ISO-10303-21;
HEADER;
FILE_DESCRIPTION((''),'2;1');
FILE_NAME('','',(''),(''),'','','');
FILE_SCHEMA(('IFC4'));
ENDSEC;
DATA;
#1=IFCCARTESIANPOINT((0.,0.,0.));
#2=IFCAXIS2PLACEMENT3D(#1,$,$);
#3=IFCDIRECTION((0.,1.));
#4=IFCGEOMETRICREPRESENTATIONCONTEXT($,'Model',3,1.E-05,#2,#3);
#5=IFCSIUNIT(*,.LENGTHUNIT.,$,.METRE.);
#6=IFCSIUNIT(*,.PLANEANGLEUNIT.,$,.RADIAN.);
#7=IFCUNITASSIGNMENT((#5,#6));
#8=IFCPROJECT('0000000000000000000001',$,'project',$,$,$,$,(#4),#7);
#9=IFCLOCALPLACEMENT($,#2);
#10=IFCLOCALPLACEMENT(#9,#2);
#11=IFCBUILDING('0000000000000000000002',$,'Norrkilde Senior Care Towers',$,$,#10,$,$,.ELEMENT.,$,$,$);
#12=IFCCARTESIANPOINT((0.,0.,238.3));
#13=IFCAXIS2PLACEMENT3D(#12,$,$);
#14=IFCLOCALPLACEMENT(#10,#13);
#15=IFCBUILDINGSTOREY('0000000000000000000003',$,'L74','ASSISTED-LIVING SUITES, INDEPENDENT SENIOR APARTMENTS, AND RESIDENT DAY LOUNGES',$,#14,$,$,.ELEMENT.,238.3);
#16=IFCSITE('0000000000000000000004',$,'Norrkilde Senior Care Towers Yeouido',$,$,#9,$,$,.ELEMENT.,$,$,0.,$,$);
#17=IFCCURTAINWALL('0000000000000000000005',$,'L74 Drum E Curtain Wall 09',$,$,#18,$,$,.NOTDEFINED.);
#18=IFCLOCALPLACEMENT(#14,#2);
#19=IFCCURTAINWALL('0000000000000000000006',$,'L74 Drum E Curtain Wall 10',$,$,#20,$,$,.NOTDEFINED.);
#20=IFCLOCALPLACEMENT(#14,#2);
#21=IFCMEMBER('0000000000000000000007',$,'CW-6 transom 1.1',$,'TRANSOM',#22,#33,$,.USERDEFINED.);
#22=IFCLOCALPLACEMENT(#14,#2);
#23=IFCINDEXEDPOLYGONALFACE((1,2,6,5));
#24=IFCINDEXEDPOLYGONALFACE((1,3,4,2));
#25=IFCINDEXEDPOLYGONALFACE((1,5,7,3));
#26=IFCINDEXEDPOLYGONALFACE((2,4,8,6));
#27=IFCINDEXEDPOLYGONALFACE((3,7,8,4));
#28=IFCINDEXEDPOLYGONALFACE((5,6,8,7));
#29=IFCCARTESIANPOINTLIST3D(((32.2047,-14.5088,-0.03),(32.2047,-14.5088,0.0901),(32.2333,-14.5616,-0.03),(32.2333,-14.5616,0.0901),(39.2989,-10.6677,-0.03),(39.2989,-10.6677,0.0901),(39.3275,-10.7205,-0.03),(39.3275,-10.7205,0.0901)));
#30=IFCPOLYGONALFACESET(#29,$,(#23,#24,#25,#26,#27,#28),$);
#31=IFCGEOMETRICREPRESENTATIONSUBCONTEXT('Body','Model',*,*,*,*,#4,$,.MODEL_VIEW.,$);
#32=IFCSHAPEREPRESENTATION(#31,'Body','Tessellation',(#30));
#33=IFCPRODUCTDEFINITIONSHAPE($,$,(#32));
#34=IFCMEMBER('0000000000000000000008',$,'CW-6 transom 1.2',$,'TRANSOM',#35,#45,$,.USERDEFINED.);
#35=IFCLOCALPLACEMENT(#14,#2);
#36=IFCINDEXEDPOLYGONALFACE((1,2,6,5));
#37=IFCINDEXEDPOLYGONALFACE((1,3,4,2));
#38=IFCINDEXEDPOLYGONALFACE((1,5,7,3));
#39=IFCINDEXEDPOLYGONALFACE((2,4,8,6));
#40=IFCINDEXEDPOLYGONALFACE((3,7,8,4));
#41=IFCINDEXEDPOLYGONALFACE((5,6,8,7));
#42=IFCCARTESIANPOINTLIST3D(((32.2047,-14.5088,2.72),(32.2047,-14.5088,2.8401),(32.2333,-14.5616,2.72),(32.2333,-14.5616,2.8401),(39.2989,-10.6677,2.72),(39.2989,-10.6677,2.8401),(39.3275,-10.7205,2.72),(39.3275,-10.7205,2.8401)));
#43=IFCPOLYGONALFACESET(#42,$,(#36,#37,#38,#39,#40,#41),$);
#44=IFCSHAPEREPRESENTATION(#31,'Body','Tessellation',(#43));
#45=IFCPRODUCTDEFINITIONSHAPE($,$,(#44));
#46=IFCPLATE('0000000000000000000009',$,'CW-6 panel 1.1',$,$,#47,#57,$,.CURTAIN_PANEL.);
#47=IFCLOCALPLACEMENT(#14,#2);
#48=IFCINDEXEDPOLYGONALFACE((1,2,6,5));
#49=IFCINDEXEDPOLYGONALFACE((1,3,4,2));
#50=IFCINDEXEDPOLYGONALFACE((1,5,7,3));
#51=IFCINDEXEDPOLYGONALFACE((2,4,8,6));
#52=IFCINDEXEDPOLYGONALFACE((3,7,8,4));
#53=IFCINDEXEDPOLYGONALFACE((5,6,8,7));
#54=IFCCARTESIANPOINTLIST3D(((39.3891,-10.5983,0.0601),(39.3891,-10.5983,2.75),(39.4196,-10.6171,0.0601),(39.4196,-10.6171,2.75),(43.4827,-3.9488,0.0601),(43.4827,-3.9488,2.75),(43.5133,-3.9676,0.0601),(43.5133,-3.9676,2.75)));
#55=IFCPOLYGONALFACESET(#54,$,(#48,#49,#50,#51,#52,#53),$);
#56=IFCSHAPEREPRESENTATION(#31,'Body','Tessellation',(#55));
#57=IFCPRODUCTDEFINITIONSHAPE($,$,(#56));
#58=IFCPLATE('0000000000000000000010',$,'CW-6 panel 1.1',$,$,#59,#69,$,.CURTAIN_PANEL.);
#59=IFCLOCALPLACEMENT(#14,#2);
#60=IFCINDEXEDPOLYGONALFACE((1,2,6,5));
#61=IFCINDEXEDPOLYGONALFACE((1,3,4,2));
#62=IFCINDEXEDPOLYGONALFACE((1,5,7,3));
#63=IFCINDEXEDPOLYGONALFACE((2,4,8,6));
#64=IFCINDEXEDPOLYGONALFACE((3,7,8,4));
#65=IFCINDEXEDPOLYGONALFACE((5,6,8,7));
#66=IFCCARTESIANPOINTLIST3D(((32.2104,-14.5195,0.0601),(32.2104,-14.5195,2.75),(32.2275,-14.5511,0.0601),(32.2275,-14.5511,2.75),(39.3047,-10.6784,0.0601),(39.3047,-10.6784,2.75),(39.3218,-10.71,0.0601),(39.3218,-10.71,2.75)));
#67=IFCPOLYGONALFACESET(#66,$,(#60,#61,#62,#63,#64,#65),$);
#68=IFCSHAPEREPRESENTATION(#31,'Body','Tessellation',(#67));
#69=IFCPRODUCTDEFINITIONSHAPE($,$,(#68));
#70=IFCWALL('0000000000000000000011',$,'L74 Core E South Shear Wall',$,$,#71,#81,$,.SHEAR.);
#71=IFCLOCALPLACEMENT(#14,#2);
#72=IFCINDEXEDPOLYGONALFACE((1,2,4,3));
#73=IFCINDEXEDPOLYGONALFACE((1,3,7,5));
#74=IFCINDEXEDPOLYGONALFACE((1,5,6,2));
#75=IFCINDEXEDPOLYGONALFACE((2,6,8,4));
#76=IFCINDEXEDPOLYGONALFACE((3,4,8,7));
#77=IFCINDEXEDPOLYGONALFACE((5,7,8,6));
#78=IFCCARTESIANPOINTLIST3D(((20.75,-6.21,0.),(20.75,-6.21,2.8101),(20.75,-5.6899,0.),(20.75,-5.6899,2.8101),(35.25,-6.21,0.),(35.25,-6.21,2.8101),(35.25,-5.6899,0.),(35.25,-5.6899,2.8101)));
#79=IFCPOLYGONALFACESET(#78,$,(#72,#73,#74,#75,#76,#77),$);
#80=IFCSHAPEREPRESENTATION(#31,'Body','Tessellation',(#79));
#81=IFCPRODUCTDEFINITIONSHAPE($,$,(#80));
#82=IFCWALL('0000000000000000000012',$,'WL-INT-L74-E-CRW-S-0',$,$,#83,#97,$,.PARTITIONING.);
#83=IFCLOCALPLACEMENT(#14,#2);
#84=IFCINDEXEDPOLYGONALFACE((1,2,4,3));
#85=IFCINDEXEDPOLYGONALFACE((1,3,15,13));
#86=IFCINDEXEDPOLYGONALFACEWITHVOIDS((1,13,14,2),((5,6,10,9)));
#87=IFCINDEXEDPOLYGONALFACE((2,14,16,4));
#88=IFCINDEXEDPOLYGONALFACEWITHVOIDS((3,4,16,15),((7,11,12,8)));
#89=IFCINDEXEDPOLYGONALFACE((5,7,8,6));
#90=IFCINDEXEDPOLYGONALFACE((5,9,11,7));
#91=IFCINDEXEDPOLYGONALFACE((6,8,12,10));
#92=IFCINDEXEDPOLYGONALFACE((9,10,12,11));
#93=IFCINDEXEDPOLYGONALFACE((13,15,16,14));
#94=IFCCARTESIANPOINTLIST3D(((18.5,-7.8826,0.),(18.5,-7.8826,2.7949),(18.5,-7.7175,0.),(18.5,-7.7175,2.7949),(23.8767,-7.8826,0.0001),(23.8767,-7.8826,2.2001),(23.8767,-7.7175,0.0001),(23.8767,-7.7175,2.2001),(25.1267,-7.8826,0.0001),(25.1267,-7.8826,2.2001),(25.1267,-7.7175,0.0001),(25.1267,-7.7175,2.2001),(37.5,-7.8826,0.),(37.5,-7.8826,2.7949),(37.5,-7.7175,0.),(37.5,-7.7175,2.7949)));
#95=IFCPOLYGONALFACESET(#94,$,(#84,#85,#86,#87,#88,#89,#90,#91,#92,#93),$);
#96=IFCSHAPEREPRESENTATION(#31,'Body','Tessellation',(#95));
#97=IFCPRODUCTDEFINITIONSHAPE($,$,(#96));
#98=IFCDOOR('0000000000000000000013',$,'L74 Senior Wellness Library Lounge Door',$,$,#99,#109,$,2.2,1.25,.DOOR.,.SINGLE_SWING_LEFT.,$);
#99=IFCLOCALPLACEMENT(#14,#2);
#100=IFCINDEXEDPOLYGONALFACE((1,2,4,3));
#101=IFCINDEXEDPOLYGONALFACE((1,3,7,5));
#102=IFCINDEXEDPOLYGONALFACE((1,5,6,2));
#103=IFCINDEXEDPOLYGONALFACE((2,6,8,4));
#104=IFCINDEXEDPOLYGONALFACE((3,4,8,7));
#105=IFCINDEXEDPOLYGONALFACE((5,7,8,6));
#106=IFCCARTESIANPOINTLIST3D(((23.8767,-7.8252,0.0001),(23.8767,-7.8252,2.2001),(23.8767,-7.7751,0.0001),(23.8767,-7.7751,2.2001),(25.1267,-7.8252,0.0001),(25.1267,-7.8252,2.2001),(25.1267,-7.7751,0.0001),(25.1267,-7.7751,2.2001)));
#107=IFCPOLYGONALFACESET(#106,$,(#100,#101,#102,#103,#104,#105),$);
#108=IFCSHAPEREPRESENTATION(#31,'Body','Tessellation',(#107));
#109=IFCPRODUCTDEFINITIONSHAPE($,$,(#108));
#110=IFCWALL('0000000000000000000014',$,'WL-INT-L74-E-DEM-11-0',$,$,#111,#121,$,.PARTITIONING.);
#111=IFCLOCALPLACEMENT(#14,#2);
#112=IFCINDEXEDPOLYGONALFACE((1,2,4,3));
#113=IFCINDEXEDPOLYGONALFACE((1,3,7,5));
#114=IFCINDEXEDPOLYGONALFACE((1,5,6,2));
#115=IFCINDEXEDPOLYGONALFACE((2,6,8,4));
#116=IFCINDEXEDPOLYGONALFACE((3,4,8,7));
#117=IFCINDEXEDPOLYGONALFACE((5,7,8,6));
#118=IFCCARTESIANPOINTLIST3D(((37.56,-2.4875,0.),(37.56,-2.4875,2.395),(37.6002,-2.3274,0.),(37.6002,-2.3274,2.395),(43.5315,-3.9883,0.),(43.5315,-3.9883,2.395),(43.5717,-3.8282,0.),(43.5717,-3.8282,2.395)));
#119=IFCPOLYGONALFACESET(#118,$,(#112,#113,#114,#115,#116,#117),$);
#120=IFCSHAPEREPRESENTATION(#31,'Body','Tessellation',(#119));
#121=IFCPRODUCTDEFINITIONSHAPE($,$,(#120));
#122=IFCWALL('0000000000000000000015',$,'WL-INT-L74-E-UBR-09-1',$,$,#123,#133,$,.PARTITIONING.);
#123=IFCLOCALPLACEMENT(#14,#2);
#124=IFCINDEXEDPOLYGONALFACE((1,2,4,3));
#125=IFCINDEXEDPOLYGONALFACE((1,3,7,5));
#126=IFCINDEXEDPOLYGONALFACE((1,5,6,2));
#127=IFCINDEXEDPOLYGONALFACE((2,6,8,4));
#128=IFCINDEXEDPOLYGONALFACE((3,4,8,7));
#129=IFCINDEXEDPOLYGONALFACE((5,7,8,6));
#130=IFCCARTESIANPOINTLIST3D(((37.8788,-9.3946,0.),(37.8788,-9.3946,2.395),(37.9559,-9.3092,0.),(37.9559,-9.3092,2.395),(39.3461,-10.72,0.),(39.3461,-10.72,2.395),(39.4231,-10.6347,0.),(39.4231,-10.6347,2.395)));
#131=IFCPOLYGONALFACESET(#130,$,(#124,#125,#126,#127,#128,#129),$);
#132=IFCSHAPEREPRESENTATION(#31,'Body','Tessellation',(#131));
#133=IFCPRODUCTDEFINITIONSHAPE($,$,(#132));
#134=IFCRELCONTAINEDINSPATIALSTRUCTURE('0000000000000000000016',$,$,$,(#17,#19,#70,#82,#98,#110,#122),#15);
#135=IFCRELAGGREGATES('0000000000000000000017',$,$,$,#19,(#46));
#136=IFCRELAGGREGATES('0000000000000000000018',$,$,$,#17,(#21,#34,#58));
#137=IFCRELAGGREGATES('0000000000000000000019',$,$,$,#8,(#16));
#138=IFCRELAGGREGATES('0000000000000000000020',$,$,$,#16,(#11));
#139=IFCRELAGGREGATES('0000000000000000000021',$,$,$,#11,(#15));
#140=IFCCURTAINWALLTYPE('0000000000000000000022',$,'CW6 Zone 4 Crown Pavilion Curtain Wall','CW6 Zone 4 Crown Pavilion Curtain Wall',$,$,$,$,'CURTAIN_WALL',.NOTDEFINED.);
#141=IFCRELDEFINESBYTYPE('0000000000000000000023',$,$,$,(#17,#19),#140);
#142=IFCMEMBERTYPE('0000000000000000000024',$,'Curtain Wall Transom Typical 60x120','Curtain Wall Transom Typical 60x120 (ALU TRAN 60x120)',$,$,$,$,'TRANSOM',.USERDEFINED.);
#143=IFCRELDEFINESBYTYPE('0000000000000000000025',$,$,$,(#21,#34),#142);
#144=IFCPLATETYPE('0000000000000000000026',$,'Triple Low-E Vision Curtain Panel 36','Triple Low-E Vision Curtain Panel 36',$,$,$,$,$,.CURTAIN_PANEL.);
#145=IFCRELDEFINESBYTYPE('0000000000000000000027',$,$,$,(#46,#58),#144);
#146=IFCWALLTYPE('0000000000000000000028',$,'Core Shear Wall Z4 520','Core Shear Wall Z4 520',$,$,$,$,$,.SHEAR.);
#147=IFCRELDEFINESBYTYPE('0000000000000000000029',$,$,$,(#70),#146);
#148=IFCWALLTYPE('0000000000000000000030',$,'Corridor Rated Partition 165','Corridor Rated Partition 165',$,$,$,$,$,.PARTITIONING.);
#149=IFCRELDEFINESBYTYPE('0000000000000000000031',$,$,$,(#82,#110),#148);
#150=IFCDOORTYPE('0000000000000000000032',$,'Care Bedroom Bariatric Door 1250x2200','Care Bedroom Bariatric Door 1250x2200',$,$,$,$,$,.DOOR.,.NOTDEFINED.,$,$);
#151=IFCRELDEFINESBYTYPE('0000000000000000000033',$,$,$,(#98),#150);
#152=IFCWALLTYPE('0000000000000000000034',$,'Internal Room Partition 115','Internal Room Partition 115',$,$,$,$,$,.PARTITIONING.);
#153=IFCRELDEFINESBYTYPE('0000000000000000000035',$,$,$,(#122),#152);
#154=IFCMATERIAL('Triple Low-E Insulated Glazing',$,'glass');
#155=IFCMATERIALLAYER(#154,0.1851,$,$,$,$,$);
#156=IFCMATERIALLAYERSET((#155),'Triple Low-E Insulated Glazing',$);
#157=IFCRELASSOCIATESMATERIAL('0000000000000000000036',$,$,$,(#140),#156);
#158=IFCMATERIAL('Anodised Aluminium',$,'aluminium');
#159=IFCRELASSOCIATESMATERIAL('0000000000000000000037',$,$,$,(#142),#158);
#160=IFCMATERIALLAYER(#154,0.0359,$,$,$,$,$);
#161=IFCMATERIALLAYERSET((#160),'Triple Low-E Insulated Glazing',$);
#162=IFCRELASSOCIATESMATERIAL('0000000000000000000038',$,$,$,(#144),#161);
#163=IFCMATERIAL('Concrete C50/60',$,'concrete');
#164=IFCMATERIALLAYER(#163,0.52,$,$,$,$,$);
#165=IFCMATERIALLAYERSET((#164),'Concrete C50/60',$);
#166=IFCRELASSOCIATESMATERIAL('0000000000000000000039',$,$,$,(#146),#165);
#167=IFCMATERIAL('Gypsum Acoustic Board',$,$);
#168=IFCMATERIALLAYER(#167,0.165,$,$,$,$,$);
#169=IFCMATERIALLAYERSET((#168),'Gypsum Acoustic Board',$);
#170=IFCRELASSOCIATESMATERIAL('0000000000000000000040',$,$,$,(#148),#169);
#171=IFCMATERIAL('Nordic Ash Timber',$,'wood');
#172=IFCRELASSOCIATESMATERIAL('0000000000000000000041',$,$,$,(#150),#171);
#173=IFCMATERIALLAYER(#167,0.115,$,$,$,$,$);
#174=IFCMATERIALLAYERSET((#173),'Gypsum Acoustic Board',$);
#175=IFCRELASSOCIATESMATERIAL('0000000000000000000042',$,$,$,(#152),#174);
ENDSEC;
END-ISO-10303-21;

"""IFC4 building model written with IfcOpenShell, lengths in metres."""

from ifc_helpers import new_model, si_unit, direction, frame, frame_2d, origin, origin_2d, place, context, subcontext, project, spatial, rectangle, extrude, source, transform, mapped, material, layer, layer_set, material_profile, profile_set, type_object, type_shapes, element, fill, aggregate, save


model = new_model("IFC4")

# Units and contexts
model_context = context("Model", 3, precision=1e-05, world=origin(), true_north=direction((0.0, 1.0)))
body_context = subcontext(model_context, "Body", "Model", "MODEL_VIEW")
ifc_project = project(units=[si_unit("LENGTHUNIT", "METRE"), si_unit("PLANEANGLEUNIT", "RADIAN")], contexts=[model_context])

# Site, building, storey
site_placement = place(None, origin())
site = spatial("IfcSite", under=ifc_project, at=site_placement, Name="Norrkilde Senior Care Towers Yeouido", CompositionType="ELEMENT", RefElevation=0.0)
building_placement = place(site_placement, origin())
building = spatial("IfcBuilding", under=site, at=building_placement, Name="Norrkilde Senior Care Towers", CompositionType="ELEMENT")
storey_placement = place(building_placement, frame((0.0, 0.0, 238.3)))
storey = spatial("IfcBuildingStorey", under=building, at=storey_placement, Name="L74", Description="ASSISTED-LIVING SUITES, INDEPENDENT SENIOR APARTMENTS, AND RESIDENT DAY LOUNGES", CompositionType="ELEMENT", Elevation=238.3)

# Shared definitions
ifc_material_1 = material(Name="Concrete C50/60", Category="concrete")

# Curtain wall
ifc_material_2 = material(Name="Triple Low-E Insulated Glazing", Category="glass")
ifc_layer_1 = layer(ifc_material_2, 0.1851)
ifc_layer_set_1 = layer_set([ifc_layer_1], Name="Triple Low-E Insulated Glazing")
curtain_wall_type = type_object("IfcCurtainWallType", Name="CW6 Zone 4 Crown Pavilion Curtain Wall", Description="CW6 Zone 4 Crown Pavilion Curtain Wall", ElementType="CURTAIN_WALL", PredefinedType="NOTDEFINED", material=ifc_layer_set_1)
curtain_wall_1_placement = place(storey_placement, origin())
curtain_wall_1 = element("IfcCurtainWall", 1, at=curtain_wall_1_placement, inside=storey, type_object=curtain_wall_type, Name="L74 Drum E Curtain Wall 09", PredefinedType="NOTDEFINED")
ifc_material_3 = material(Name="Anodised Aluminium", Category="aluminium")

# Curtain wall
curtain_wall_2_placement = place(storey_placement, origin())
curtain_wall_2 = element("IfcCurtainWall", 2, at=curtain_wall_2_placement, inside=storey, type_object=curtain_wall_type, Name="L74 Drum E Curtain Wall 10", PredefinedType="NOTDEFINED")

# Members
ifc_material_profile_1 = material_profile(ifc_material_3, rectangle(XDim=0.0601, YDim=0.1201, at=origin_2d()), Name="ALU TRAN 60x120")
ifc_profile_set_1 = profile_set([ifc_material_profile_1], Name="Anodised Aluminium")
member_type_1 = type_object("IfcMemberType", Name="Curtain Wall Transom Typical 60x120", Description="Curtain Wall Transom Typical 60x120 (ALU TRAN 60x120)", ElementType="TRANSOM", PredefinedType="USERDEFINED", material=ifc_profile_set_1)
shared_shape_1 = source(origin(), body_context, "Body", "SweptSolid", [
    extrude(rectangle(XDim=0.0601, YDim=0.1201, at=origin_2d()), origin(), (0.0, 0.0, 1.0), 8.0674),
])
member_1_placement = place(storey_placement, frame((39.3132, -10.6941, 0.03), z_axis=(-0.879378, -0.476125, 0.0), x_axis=(0.476125, -0.879378, 0.0)))
member_1 = element("IfcMember", 3, at=member_1_placement, type_object=member_type_1, Name="CW-6 transom 1.1", ObjectType="TRANSOM", PredefinedType="USERDEFINED", context=body_context, shape_type="MappedRepresentation", body=[
    mapped(shared_shape_1, transform((0.0, 0.0, 0.0), x_axis=(1.0, 0.0, 0.0), y_axis=(0.0, 1.0, 0.0), z_axis=(0.0, 0.0, 1.0), scale=1.0)),
])
member_2_placement = place(storey_placement, frame((39.3132, -10.6941, 2.78), z_axis=(-0.879378, -0.476125, 0.0), x_axis=(0.476125, -0.879378, 0.0)))
member_2 = element("IfcMember", 4, at=member_2_placement, type_object=member_type_1, Name="CW-6 transom 1.2", ObjectType="TRANSOM", PredefinedType="USERDEFINED", context=body_context, shape_type="MappedRepresentation", body=[
    mapped(shared_shape_1, transform((0.0, 0.0, 0.0), x_axis=(1.0, 0.0, 0.0), y_axis=(0.0, 1.0, 0.0), z_axis=(0.0, 0.0, 1.0), scale=1.0)),
])

# Plates
ifc_layer_2 = layer(ifc_material_2, 0.0359)
ifc_layer_set_2 = layer_set([ifc_layer_2], Name="Triple Low-E Insulated Glazing")
plate_type = type_object("IfcPlateType", Name="Triple Low-E Vision Curtain Panel 36", Description="Triple Low-E Vision Curtain Panel 36", PredefinedType="CURTAIN_PANEL", material=ifc_layer_set_2)
shared_shape_2 = source(origin(), body_context, "Body", "SweptSolid", [
    extrude(rectangle(XDim=7.8086, YDim=0.0359, at=origin_2d()), origin(), (0.0, 0.0, 1.0), 2.6899),
])
plate_1_placement = place(storey_placement, frame((41.4512, -7.283, 0.0601), z_axis=(0.0, 0.0, 1.0), x_axis=(-0.524253, -0.851563, 0.0)))
plate_1 = element("IfcPlate", 5, at=plate_1_placement, type_object=plate_type, Name="CW-6 panel 1.1", PredefinedType="CURTAIN_PANEL", context=body_context, shape_type="MappedRepresentation", body=[
    mapped(shared_shape_2, transform((0.0, 0.0, 0.0), x_axis=(1.0, 0.0, 0.0), y_axis=(0.0, 1.0, 0.0), z_axis=(0.0, 0.0, 1.0), scale=1.0)),
])
aggregate(curtain_wall_2, [plate_1])
shared_shape_3 = source(origin(), body_context, "Body", "SweptSolid", [
    extrude(rectangle(XDim=8.0674, YDim=0.0359, at=origin_2d()), origin(), (0.0, 0.0, 1.0), 2.6899),
])
type_shapes(plate_type, [shared_shape_2, shared_shape_3])
plate_2_placement = place(storey_placement, frame((35.7661, -12.6147, 0.0601), z_axis=(0.0, 0.0, 1.0), x_axis=(-0.879373, -0.476133, 0.0)))
plate_2 = element("IfcPlate", 6, at=plate_2_placement, type_object=plate_type, Name="CW-6 panel 1.1", PredefinedType="CURTAIN_PANEL", context=body_context, shape_type="MappedRepresentation", body=[
    mapped(shared_shape_3, transform((0.0, 0.0, 0.0), x_axis=(1.0, 0.0, 0.0), y_axis=(0.0, 1.0, 0.0), z_axis=(0.0, 0.0, 1.0), scale=1.0)),
])
aggregate(curtain_wall_1, [member_1, member_2, plate_2])

# Wall
ifc_layer_3 = layer(ifc_material_1, 0.52)
ifc_layer_set_3 = layer_set([ifc_layer_3], Name="Concrete C50/60")
wall_type_1 = type_object("IfcWallType", Name="Core Shear Wall Z4 520", Description="Core Shear Wall Z4 520", PredefinedType="SHEAR", material=ifc_layer_set_3)
shared_shape_4 = source(origin(), body_context, "Body", "SweptSolid", [
    extrude(rectangle(XDim=14.5, YDim=0.52, at=frame_2d((7.25, 0.0))), origin(), (0.0, 0.0, 1.0), 2.8101),
])
type_shapes(wall_type_1, [shared_shape_4])
wall_1_placement = place(storey_placement, frame((35.25, -5.95, 0.0), z_axis=(0.0, 0.0, 1.0), x_axis=(-1.0, 0.0, 0.0)))
element("IfcWall", 7, at=wall_1_placement, inside=storey, type_object=wall_type_1, Name="L74 Core E South Shear Wall", PredefinedType="SHEAR", context=body_context, shape_type="MappedRepresentation", body=[
    mapped(shared_shape_4, transform((0.0, 0.0, 0.0), x_axis=(1.0, 0.0, 0.0), y_axis=(0.0, 1.0, 0.0), z_axis=(0.0, 0.0, 1.0), scale=1.0)),
])

# Wall, opening, door
ifc_material_4 = material(Name="Gypsum Acoustic Board")
ifc_layer_4 = layer(ifc_material_4, 0.165)
ifc_layer_set_4 = layer_set([ifc_layer_4], Name="Gypsum Acoustic Board")
wall_type_2 = type_object("IfcWallType", Name="Corridor Rated Partition 165", Description="Corridor Rated Partition 165", PredefinedType="PARTITIONING", material=ifc_layer_set_4)
shared_shape_5 = source(origin(), body_context, "Body", "SweptSolid", [
    extrude(rectangle(XDim=19.0, YDim=0.165, at=frame_2d((9.5, 0.0))), origin(), (0.0, 0.0, 1.0), 2.7949),
])
wall_2_placement = place(storey_placement, frame((37.5, -7.8, 0.0), z_axis=(0.0, 0.0, 1.0), x_axis=(-1.0, 0.0, 0.0)))
wall_2 = element("IfcWall", 8, at=wall_2_placement, inside=storey, type_object=wall_type_2, Name="WL-INT-L74-E-CRW-S-0", PredefinedType="PARTITIONING", context=body_context, shape_type="MappedRepresentation", body=[
    mapped(shared_shape_5, transform((0.0, 0.0, 0.0), x_axis=(1.0, 0.0, 0.0), y_axis=(0.0, 1.0, 0.0), z_axis=(0.0, 0.0, 1.0), scale=1.0)),
])
opening_1_placement = place(wall_2_placement, frame((12.3733, 0.0, 0.0)))
opening_1 = element("IfcOpeningElement", 9, at=opening_1_placement, cuts=wall_2, PredefinedType="OPENING", context=body_context, shape_type="SweptSolid", body=[
    extrude(rectangle(XDim=1.25, YDim=2.2, at=frame_2d((0.625, 1.1001))), frame((0.0, 0.0925, 0.0), z_axis=(0.0, -1.0, 0.0), x_axis=(1.0, 0.0, 0.0)), (0.0, 0.0, 1.0), 0.1851),
])
ifc_material_5 = material(Name="Nordic Ash Timber", Category="wood")
door_type_1 = type_object("IfcDoorType", Name="Care Bedroom Bariatric Door 1250x2200", Description="Care Bedroom Bariatric Door 1250x2200", OperationType="NOTDEFINED", PredefinedType="DOOR", material=ifc_material_5)
shared_shape_6 = source(origin(), body_context, "Body", "SweptSolid", [
    extrude(rectangle(XDim=1.25, YDim=2.2, at=frame_2d((0.625, 1.1001))), frame((0.0, 0.0249, 0.0), z_axis=(0.0, -1.0, 0.0), x_axis=(1.0, 0.0, 0.0)), (0.0, 0.0, 1.0), 0.05),
])
type_shapes(door_type_1, [shared_shape_6])
door_1_placement = place(opening_1_placement, frame((1.25, 0.0, 0.0), z_axis=(0.0, 0.0, 1.0), x_axis=(-1.0, 0.0, 0.0)))
door_1 = element("IfcDoor", 10, at=door_1_placement, inside=storey, type_object=door_type_1, Name="L74 Senior Wellness Library Lounge Door", OperationType="SINGLE_SWING_LEFT", OverallHeight=2.2, OverallWidth=1.25, PredefinedType="DOOR", context=body_context, shape_type="MappedRepresentation", body=[
    mapped(shared_shape_6, transform((0.0, 0.0, 0.0), x_axis=(1.0, 0.0, 0.0), y_axis=(0.0, 1.0, 0.0), z_axis=(0.0, 0.0, 1.0), scale=1.0)),
])
fill(opening_1, door_1)

# Walls
shared_shape_7 = source(origin(), body_context, "Body", "SweptSolid", [
    extrude(rectangle(XDim=6.1572, YDim=0.165, at=frame_2d((3.0786, 0.0))), origin(), (0.0, 0.0, 1.0), 2.395),
])
type_shapes(wall_type_2, [shared_shape_5, shared_shape_7])
wall_3_placement = place(storey_placement, frame((37.5801, -2.4075, 0.0), z_axis=(0.0, 0.0, 1.0), x_axis=(0.969841, -0.243739, 0.0)))
element("IfcWall", 11, at=wall_3_placement, inside=storey, type_object=wall_type_2, Name="WL-INT-L74-E-DEM-11-0", PredefinedType="PARTITIONING", context=body_context, shape_type="MappedRepresentation", body=[
    mapped(shared_shape_7, transform((0.0, 0.0, 0.0), x_axis=(1.0, 0.0, 0.0), y_axis=(0.0, 1.0, 0.0), z_axis=(0.0, 0.0, 1.0), scale=1.0)),
])
ifc_layer_5 = layer(ifc_material_4, 0.115)
ifc_layer_set_5 = layer_set([ifc_layer_5], Name="Gypsum Acoustic Board")
wall_type_3 = type_object("IfcWallType", Name="Internal Room Partition 115", Description="Internal Room Partition 115", PredefinedType="PARTITIONING", material=ifc_layer_set_5)
shared_shape_8 = source(origin(), body_context, "Body", "SweptSolid", [
    extrude(rectangle(XDim=1.9773, YDim=0.115, at=frame_2d((0.9888, 0.0))), origin(), (0.0, 0.0, 1.0), 2.395),
])
wall_4_placement = place(storey_placement, frame((37.9172, -9.3518, 0.0), z_axis=(0.0, 0.0, 1.0), x_axis=(0.742065, -0.670328, 0.0)))
element("IfcWall", 12, at=wall_4_placement, inside=storey, type_object=wall_type_3, Name="WL-INT-L74-E-UBR-09-1", PredefinedType="PARTITIONING", context=body_context, shape_type="MappedRepresentation", body=[
    mapped(shared_shape_8, transform((0.0, 0.0, 0.0), x_axis=(1.0, 0.0, 0.0), y_axis=(0.0, 1.0, 0.0), z_axis=(0.0, 0.0, 1.0), scale=1.0)),
])

save(model, "model.ifc")
